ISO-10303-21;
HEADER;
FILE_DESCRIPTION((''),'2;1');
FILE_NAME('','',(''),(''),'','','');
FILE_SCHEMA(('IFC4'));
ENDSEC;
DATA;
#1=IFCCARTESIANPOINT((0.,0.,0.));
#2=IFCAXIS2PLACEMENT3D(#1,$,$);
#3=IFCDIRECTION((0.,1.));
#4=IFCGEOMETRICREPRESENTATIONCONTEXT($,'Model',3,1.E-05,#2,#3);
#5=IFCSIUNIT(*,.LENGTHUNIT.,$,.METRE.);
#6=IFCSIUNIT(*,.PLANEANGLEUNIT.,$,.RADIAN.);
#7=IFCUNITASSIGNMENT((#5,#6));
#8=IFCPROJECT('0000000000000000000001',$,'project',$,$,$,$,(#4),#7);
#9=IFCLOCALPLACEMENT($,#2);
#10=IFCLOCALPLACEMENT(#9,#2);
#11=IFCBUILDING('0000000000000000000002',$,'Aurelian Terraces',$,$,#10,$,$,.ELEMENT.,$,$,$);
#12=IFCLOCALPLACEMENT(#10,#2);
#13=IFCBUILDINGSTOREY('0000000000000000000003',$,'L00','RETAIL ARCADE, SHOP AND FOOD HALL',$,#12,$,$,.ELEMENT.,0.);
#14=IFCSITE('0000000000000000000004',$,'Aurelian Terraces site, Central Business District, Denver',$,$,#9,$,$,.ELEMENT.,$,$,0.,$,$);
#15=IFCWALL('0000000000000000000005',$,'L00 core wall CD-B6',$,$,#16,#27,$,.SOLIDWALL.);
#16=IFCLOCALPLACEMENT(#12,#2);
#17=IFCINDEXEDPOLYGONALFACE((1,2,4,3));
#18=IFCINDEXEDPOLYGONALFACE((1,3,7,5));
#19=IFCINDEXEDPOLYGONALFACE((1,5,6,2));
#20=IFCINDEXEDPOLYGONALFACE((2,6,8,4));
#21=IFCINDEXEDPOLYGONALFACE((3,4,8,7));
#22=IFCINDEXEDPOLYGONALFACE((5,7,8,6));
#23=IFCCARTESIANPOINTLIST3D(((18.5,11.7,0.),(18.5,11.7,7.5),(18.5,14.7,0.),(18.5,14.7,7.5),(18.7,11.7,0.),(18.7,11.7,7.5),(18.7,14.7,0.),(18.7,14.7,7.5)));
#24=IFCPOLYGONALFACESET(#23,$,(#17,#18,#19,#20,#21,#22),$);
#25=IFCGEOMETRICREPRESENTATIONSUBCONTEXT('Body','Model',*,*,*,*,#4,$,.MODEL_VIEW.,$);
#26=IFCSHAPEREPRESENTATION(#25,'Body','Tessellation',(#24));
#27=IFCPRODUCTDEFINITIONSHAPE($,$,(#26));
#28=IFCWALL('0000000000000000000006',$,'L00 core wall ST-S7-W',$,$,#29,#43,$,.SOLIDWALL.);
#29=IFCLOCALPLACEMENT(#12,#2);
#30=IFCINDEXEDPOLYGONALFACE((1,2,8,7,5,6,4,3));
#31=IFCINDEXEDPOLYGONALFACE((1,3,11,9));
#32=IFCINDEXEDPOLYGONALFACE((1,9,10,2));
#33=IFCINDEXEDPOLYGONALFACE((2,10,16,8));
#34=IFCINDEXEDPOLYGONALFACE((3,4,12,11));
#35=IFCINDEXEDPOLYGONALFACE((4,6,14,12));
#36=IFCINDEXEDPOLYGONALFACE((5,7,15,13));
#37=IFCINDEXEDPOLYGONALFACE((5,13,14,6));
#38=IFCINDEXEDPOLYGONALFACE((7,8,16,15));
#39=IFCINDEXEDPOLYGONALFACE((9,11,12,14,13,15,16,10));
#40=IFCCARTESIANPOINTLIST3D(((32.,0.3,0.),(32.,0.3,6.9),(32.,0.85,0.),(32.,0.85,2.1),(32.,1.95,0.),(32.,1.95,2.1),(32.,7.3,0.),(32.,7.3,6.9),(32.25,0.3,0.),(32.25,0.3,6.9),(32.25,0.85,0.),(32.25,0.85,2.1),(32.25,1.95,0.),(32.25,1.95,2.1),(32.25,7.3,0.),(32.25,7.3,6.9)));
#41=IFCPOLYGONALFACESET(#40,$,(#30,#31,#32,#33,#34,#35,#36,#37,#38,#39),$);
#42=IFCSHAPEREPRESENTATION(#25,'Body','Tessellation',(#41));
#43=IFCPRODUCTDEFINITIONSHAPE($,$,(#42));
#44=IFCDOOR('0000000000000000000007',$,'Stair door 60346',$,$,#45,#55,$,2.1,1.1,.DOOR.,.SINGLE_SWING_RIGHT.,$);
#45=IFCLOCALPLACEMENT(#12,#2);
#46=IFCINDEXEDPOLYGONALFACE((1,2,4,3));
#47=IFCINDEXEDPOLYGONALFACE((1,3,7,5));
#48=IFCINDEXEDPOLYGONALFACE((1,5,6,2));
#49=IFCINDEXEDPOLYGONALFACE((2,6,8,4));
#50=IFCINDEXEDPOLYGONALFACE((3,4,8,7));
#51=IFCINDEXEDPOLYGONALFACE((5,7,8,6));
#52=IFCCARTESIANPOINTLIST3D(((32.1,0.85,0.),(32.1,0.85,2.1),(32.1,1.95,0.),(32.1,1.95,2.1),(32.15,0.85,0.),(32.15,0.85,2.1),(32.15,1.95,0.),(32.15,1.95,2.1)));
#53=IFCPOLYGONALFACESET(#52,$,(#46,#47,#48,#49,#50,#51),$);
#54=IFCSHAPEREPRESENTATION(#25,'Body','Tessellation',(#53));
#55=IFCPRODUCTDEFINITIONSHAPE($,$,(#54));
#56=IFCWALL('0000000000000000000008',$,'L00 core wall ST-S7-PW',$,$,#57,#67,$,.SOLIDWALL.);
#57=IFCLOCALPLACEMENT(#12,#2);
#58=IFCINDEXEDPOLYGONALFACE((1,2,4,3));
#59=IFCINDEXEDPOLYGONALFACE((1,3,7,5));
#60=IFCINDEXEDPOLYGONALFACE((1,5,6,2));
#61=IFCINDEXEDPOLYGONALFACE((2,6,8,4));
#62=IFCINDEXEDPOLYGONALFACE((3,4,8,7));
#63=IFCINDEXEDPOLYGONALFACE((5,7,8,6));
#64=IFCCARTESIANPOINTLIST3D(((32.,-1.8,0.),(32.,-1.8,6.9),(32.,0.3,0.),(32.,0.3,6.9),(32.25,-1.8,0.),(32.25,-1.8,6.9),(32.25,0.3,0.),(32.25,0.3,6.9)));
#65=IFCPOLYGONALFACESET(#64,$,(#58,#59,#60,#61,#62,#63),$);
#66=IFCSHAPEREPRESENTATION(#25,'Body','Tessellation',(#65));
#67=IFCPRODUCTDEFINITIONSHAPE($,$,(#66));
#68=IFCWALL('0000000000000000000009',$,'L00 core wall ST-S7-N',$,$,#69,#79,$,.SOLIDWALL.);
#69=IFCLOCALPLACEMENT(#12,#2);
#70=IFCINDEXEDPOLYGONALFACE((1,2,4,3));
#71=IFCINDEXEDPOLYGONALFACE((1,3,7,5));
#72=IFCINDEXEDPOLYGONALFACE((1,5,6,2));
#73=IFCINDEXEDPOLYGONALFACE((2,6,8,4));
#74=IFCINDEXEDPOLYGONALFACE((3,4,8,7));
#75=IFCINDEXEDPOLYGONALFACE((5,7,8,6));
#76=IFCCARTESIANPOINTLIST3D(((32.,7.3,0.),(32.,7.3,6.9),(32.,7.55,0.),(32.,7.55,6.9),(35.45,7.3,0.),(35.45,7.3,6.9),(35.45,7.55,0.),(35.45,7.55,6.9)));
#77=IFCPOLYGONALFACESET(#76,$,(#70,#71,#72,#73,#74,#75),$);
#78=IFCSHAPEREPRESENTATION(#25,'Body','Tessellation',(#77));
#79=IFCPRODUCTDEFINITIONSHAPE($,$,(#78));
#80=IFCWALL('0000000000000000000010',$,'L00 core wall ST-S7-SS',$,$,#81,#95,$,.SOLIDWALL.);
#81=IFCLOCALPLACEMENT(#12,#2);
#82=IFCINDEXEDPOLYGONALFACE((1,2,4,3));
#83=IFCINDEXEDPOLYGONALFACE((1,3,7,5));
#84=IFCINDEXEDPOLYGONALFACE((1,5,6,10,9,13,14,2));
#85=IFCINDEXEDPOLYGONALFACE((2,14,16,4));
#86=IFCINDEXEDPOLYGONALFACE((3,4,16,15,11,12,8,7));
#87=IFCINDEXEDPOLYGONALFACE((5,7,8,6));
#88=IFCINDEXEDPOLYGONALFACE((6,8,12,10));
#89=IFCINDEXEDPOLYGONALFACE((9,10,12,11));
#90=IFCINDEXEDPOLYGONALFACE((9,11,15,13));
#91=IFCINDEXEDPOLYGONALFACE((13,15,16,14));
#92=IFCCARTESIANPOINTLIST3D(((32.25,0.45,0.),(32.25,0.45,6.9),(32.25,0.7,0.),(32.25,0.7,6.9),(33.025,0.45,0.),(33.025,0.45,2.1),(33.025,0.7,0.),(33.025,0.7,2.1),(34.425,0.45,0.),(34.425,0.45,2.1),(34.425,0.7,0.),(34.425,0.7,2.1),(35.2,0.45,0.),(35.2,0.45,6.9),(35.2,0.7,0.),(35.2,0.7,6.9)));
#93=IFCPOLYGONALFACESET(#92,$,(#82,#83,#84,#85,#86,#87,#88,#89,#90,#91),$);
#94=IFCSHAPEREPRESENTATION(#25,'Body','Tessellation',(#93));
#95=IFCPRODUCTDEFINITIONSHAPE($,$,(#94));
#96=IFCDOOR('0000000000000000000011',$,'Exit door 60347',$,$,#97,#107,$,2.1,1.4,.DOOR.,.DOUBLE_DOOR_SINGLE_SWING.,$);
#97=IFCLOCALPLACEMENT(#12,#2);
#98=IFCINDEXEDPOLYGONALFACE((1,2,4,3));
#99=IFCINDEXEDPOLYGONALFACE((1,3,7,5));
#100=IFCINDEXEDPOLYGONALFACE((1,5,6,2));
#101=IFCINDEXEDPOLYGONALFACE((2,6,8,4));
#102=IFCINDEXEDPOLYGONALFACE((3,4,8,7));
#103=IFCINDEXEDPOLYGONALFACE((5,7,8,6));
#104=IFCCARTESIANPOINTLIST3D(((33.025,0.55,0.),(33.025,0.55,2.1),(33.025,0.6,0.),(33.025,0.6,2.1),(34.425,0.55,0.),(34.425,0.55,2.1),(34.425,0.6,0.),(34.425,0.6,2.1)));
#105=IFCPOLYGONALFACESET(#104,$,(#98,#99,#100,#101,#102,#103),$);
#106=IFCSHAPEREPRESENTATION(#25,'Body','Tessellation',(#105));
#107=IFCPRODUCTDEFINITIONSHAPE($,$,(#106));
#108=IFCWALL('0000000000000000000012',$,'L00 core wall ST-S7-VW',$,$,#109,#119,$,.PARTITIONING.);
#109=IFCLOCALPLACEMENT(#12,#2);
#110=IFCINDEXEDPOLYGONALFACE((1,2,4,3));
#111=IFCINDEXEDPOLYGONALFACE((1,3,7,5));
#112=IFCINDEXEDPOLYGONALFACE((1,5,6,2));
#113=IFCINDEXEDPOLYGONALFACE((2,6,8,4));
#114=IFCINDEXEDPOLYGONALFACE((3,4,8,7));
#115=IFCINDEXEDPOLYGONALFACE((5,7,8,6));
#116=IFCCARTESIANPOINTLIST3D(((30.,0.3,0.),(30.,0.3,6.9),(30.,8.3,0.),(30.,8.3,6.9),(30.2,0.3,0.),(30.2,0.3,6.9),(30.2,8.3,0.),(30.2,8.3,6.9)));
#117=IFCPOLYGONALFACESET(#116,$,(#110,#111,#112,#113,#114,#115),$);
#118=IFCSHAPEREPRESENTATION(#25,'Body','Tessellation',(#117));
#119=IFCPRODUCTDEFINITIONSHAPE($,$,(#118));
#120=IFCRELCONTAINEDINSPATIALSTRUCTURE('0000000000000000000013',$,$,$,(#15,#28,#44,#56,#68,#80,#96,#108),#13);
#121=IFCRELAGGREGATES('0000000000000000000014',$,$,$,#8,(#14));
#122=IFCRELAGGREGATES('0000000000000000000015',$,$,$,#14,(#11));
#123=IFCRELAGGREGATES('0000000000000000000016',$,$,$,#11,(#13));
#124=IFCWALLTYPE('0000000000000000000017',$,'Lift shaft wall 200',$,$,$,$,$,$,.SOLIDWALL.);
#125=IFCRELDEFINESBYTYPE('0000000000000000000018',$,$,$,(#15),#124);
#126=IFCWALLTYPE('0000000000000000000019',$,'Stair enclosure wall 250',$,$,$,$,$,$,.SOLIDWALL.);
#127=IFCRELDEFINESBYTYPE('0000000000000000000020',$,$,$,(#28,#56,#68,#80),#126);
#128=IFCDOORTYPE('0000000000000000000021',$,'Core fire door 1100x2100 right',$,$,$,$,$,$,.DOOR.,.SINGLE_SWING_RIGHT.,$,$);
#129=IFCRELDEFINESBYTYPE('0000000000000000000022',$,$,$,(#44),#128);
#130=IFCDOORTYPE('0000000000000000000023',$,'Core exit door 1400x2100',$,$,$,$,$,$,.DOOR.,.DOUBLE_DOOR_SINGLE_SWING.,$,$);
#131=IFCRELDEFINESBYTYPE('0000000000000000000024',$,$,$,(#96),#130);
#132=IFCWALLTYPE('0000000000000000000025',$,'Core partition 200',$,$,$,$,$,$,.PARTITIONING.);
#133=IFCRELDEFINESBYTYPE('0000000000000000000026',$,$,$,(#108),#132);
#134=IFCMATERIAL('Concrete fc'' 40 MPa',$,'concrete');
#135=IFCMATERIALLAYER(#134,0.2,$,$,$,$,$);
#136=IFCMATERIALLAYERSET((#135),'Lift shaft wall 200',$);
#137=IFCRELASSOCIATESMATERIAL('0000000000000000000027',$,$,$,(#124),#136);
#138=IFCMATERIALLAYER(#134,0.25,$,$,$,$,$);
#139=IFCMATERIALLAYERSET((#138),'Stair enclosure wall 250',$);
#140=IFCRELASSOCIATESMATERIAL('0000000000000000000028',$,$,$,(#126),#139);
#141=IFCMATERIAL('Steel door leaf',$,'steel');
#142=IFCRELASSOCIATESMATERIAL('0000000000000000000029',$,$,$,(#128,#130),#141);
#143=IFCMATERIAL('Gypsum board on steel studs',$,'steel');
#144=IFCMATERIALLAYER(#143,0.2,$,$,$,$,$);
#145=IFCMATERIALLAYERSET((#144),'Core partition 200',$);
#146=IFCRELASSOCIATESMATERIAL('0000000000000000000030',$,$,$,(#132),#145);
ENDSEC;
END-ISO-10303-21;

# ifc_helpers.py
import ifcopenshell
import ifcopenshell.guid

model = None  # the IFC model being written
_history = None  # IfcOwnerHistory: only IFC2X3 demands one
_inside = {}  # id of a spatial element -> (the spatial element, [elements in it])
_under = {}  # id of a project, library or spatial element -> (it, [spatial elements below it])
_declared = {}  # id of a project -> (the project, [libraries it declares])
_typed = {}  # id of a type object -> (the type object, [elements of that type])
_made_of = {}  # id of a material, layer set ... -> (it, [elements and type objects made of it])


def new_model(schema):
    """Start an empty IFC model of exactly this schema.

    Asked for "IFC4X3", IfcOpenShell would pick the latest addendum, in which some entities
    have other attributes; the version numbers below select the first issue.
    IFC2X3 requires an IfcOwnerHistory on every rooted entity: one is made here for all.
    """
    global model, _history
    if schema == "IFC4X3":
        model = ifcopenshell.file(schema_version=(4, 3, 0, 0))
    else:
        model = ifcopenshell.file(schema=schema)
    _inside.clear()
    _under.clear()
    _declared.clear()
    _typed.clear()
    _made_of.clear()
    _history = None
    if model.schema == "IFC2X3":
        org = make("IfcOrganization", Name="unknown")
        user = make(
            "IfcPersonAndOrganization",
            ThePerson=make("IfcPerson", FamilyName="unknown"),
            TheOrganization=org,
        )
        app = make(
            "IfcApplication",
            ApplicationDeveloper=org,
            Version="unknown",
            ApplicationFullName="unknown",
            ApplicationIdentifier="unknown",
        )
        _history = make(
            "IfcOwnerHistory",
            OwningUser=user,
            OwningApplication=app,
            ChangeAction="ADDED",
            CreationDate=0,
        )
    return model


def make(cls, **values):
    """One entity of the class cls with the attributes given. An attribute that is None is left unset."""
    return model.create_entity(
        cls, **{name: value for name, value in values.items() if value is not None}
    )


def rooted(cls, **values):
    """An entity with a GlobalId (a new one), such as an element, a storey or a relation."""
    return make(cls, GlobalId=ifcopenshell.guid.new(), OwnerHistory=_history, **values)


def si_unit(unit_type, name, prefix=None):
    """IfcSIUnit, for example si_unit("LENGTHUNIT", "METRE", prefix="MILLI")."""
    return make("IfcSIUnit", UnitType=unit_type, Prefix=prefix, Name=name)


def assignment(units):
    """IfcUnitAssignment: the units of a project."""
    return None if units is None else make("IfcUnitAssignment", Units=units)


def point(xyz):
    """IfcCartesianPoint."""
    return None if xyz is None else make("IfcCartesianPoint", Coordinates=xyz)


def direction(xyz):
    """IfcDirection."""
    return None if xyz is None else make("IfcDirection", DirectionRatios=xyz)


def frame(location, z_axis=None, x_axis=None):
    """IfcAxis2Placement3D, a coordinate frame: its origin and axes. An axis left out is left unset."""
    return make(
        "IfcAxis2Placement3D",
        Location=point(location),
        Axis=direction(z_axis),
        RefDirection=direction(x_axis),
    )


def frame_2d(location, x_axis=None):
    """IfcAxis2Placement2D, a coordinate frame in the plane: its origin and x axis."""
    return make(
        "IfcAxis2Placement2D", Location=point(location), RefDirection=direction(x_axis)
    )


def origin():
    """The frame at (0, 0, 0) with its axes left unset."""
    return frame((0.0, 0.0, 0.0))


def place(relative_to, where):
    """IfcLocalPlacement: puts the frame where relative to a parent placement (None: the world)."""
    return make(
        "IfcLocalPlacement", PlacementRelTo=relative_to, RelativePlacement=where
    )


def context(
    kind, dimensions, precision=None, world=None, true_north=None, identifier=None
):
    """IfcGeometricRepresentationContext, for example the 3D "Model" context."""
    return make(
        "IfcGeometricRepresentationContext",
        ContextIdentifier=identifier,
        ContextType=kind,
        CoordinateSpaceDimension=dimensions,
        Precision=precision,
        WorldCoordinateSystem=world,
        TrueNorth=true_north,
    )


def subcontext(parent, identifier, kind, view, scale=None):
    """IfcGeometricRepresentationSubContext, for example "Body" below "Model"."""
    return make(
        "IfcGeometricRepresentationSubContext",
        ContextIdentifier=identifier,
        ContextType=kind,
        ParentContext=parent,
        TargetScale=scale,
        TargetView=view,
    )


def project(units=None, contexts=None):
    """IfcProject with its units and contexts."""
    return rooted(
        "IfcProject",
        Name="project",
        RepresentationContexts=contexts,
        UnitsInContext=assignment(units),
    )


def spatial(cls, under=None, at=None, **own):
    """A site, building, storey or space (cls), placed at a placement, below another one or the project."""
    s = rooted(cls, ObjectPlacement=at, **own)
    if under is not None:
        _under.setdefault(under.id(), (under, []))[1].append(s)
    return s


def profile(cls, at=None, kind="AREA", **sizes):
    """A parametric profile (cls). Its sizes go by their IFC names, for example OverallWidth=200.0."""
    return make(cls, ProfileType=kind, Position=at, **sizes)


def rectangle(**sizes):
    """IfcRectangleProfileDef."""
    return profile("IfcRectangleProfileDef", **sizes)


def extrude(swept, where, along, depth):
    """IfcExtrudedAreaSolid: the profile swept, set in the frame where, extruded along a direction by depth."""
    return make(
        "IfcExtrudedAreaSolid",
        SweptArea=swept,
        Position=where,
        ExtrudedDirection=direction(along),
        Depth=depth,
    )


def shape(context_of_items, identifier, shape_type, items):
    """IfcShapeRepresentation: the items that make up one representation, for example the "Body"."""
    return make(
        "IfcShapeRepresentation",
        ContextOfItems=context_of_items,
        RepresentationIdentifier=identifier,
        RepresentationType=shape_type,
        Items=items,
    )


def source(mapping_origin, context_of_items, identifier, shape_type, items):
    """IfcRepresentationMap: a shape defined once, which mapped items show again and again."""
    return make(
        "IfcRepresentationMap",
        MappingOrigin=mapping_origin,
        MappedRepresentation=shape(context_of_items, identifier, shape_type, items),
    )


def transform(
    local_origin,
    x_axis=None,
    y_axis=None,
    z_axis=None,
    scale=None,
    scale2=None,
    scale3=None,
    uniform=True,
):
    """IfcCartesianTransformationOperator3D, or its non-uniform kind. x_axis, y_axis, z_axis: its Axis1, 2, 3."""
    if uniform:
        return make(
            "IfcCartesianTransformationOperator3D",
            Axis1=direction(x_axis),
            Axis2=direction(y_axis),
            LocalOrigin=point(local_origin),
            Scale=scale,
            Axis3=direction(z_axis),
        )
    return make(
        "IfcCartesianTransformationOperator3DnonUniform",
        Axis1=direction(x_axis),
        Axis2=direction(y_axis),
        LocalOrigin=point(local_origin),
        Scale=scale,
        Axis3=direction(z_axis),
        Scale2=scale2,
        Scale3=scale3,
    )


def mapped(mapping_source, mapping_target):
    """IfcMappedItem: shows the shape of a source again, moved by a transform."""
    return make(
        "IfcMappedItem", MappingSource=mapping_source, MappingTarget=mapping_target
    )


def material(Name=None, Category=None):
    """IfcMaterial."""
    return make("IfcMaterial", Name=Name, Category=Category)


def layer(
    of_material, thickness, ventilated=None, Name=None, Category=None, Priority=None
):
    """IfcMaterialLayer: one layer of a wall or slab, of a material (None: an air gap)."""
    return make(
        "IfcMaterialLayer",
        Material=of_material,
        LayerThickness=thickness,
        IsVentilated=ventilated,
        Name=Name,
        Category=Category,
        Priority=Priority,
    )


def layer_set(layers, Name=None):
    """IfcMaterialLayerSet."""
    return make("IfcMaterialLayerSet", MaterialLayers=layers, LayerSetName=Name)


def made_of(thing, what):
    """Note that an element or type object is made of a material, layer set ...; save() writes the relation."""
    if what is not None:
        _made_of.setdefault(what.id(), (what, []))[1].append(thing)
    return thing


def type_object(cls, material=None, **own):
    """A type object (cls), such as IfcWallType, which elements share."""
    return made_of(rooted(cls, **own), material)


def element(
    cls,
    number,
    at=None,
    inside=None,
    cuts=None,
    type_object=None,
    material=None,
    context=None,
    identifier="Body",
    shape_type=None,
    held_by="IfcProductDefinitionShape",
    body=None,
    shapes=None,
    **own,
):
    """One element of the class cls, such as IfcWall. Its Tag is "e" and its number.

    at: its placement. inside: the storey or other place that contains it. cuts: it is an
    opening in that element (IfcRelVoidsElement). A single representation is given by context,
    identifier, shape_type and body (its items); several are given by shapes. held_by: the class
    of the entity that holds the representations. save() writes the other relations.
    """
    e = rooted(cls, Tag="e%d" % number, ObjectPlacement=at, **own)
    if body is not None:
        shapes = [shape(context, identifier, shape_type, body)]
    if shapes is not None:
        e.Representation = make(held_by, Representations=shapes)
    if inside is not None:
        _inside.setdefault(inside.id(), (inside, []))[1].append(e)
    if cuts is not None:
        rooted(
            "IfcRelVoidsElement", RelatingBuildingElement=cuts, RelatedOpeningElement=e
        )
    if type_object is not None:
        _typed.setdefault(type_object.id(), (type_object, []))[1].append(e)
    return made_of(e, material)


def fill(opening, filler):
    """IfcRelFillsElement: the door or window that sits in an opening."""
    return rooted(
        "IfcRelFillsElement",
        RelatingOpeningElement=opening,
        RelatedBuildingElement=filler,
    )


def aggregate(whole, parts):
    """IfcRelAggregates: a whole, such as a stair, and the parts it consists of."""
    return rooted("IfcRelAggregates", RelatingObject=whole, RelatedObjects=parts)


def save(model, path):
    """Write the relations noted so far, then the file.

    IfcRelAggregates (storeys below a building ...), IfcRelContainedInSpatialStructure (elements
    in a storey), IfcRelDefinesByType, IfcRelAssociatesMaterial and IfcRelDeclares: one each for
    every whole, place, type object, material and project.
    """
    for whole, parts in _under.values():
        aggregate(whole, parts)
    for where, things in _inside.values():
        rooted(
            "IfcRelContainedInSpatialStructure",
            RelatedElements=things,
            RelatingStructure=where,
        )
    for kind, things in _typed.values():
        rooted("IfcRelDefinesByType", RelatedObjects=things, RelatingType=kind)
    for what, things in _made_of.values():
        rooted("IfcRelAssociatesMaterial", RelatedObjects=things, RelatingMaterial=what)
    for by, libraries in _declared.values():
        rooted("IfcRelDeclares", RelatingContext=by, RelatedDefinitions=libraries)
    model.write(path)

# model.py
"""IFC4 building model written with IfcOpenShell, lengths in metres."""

from ifc_helpers import new_model, si_unit, direction, frame, frame_2d, origin, place, context, subcontext, project, spatial, rectangle, extrude, source, transform, mapped, material, layer, layer_set, type_object, element, fill, save


model = new_model("IFC4")

# Units and contexts
model_context = context("Model", 3, precision=1e-05, world=origin(), true_north=direction((0.0, 1.0)))
body_context = subcontext(model_context, "Body", "Model", "MODEL_VIEW")
ifc_project = project(units=[si_unit("LENGTHUNIT", "METRE"), si_unit("PLANEANGLEUNIT", "RADIAN")], contexts=[model_context])

# Site, building, storey
site_placement = place(None, origin())
site = spatial("IfcSite", under=ifc_project, at=site_placement, Name="Aurelian Terraces site, Central Business District, Denver", CompositionType="ELEMENT", RefElevation=0.0)
building_placement = place(site_placement, origin())
building = spatial("IfcBuilding", under=site, at=building_placement, Name="Aurelian Terraces", CompositionType="ELEMENT")
storey_placement = place(building_placement, origin())
storey = spatial("IfcBuildingStorey", under=building, at=storey_placement, Name="L00", Description="RETAIL ARCADE, SHOP AND FOOD HALL", CompositionType="ELEMENT", Elevation=0.0)

# Shared definitions
ifc_material_1 = material(Name="Steel door leaf", Category="steel")

# Wall
ifc_material_2 = material(Name="Gypsum board on steel studs", Category="steel")
ifc_material_3 = material(Name="Concrete fc' 40 MPa", Category="concrete")
ifc_layer_1 = layer(ifc_material_3, 0.2)
ifc_layer_set_1 = layer_set([ifc_layer_1], Name="Lift shaft wall 200")
wall_type_1 = type_object("IfcWallType", Name="Lift shaft wall 200", PredefinedType="SOLIDWALL", material=ifc_layer_set_1)
shared_shape_1 = source(origin(), body_context, "Body", "SweptSolid", [
    extrude(rectangle(XDim=3.0, YDim=0.2, at=frame_2d((1.5, 0.0))), origin(), (0.0, 0.0, 1.0), 7.5),
])
wall_1_placement = place(storey_placement, frame((18.6, 11.7, 0.0), z_axis=(0.0, 0.0, 1.0), x_axis=(0.0, 1.0, 0.0)))
element("IfcWall", 1, at=wall_1_placement, inside=storey, type_object=wall_type_1, Name="L00 core wall CD-B6", PredefinedType="SOLIDWALL", context=body_context, shape_type="MappedRepresentation", body=[
    mapped(shared_shape_1, transform((0.0, 0.0, 0.0), scale=1.0)),
])

# Wall, opening, door
ifc_layer_2 = layer(ifc_material_3, 0.25)
ifc_layer_set_2 = layer_set([ifc_layer_2], Name="Stair enclosure wall 250")
wall_type_2 = type_object("IfcWallType", Name="Stair enclosure wall 250", PredefinedType="SOLIDWALL", material=ifc_layer_set_2)
shared_shape_2 = source(origin(), body_context, "Body", "SweptSolid", [
    extrude(rectangle(XDim=7.0, YDim=0.25, at=frame_2d((3.5, 0.0))), origin(), (0.0, 0.0, 1.0), 6.9),
])
wall_2_placement = place(storey_placement, frame((32.125, 0.3, 0.0), z_axis=(0.0, 0.0, 1.0), x_axis=(0.0, 1.0, 0.0)))
wall_2 = element("IfcWall", 2, at=wall_2_placement, inside=storey, type_object=wall_type_2, Name="L00 core wall ST-S7-W", PredefinedType="SOLIDWALL", context=body_context, shape_type="MappedRepresentation", body=[
    mapped(shared_shape_2, transform((0.0, 0.0, 0.0), scale=1.0)),
])
shared_shape_3 = source(origin(), body_context, "Body", "SweptSolid", [
    extrude(rectangle(XDim=1.1, YDim=2.1, at=frame_2d((0.55, 1.05))), frame((0.0, 0.135, 0.0), z_axis=(0.0, -1.0, 0.0), x_axis=(1.0, 0.0, 0.0)), (0.0, 0.0, 1.0), 0.27),
])
opening_1_placement = place(wall_2_placement, frame((0.55, 0.0, 0.0)))
opening_1 = element("IfcOpeningElement", 3, at=opening_1_placement, cuts=wall_2, PredefinedType="OPENING", context=body_context, shape_type="MappedRepresentation", body=[
    mapped(shared_shape_3, transform((0.0, 0.0, 0.0), scale=1.0)),
])
door_type_1 = type_object("IfcDoorType", Name="Core fire door 1100x2100 right", OperationType="SINGLE_SWING_RIGHT", PredefinedType="DOOR", material=ifc_material_1)
shared_shape_4 = source(origin(), body_context, "Body", "SweptSolid", [
    extrude(rectangle(XDim=1.1, YDim=2.1, at=frame_2d((0.55, 1.05))), frame((0.0, 0.025, 0.0), z_axis=(0.0, -1.0, 0.0), x_axis=(1.0, 0.0, 0.0)), (0.0, 0.0, 1.0), 0.05),
])
door_1_placement = place(opening_1_placement, origin())
door_1 = element("IfcDoor", 4, at=door_1_placement, inside=storey, type_object=door_type_1, Name="Stair door 60346", OperationType="SINGLE_SWING_RIGHT", OverallHeight=2.1, OverallWidth=1.1, PredefinedType="DOOR", context=body_context, shape_type="MappedRepresentation", body=[
    mapped(shared_shape_4, transform((0.0, 0.0, 0.0), scale=1.0)),
])
fill(opening_1, door_1)

# Walls
shared_shape_5 = source(origin(), body_context, "Body", "SweptSolid", [
    extrude(rectangle(XDim=2.1, YDim=0.25, at=frame_2d((1.05, 0.0))), origin(), (0.0, 0.0, 1.0), 6.9),
])
wall_3_placement = place(storey_placement, frame((32.125, -1.8, 0.0), z_axis=(0.0, 0.0, 1.0), x_axis=(0.0, 1.0, 0.0)))
element("IfcWall", 5, at=wall_3_placement, inside=storey, type_object=wall_type_2, Name="L00 core wall ST-S7-PW", PredefinedType="SOLIDWALL", context=body_context, shape_type="MappedRepresentation", body=[
    mapped(shared_shape_5, transform((0.0, 0.0, 0.0), scale=1.0)),
])
shared_shape_6 = source(origin(), body_context, "Body", "SweptSolid", [
    extrude(rectangle(XDim=3.45, YDim=0.25, at=frame_2d((1.725, 0.0))), origin(), (0.0, 0.0, 1.0), 6.9),
])
wall_4_placement = place(storey_placement, frame((32.0, 7.425, 0.0), z_axis=(0.0, 0.0, 1.0), x_axis=(1.0, 0.0, 0.0)))
element("IfcWall", 6, at=wall_4_placement, inside=storey, type_object=wall_type_2, Name="L00 core wall ST-S7-N", PredefinedType="SOLIDWALL", context=body_context, shape_type="MappedRepresentation", body=[
    mapped(shared_shape_6, transform((0.0, 0.0, 0.0), scale=1.0)),
])

# Wall, opening, door
shared_shape_7 = source(origin(), body_context, "Body", "SweptSolid", [
    extrude(rectangle(XDim=2.95, YDim=0.25, at=frame_2d((1.475, 0.0))), origin(), (0.0, 0.0, 1.0), 6.9),
])
wall_5_placement = place(storey_placement, frame((32.25, 0.575, 0.0), z_axis=(0.0, 0.0, 1.0), x_axis=(1.0, 0.0, 0.0)))
wall_5 = element("IfcWall", 7, at=wall_5_placement, inside=storey, type_object=wall_type_2, Name="L00 core wall ST-S7-SS", PredefinedType="SOLIDWALL", context=body_context, shape_type="MappedRepresentation", body=[
    mapped(shared_shape_7, transform((0.0, 0.0, 0.0), scale=1.0)),
])
shared_shape_8 = source(origin(), body_context, "Body", "SweptSolid", [
    extrude(rectangle(XDim=1.4, YDim=2.1, at=frame_2d((0.7, 1.05))), frame((0.0, 0.135, 0.0), z_axis=(0.0, -1.0, 0.0), x_axis=(1.0, 0.0, 0.0)), (0.0, 0.0, 1.0), 0.27),
])
opening_2_placement = place(wall_5_placement, frame((0.775, 0.0, 0.0)))
opening_2 = element("IfcOpeningElement", 8, at=opening_2_placement, cuts=wall_5, PredefinedType="OPENING", context=body_context, shape_type="MappedRepresentation", body=[
    mapped(shared_shape_8, transform((0.0, 0.0, 0.0), scale=1.0)),
])
door_type_2 = type_object("IfcDoorType", Name="Core exit door 1400x2100", OperationType="DOUBLE_DOOR_SINGLE_SWING", PredefinedType="DOOR", material=ifc_material_1)
shared_shape_9 = source(origin(), body_context, "Body", "SweptSolid", [
    extrude(rectangle(XDim=1.4, YDim=2.1, at=frame_2d((0.7, 1.05))), frame((0.0, 0.025, 0.0), z_axis=(0.0, -1.0, 0.0), x_axis=(1.0, 0.0, 0.0)), (0.0, 0.0, 1.0), 0.05),
])
door_2_placement = place(opening_2_placement, origin())
door_2 = element("IfcDoor", 9, at=door_2_placement, inside=storey, type_object=door_type_2, Name="Exit door 60347", OperationType="DOUBLE_DOOR_SINGLE_SWING", OverallHeight=2.1, OverallWidth=1.4, PredefinedType="DOOR", context=body_context, shape_type="MappedRepresentation", body=[
    mapped(shared_shape_9, transform((0.0, 0.0, 0.0), scale=1.0)),
])
fill(opening_2, door_2)

# Wall
ifc_layer_3 = layer(ifc_material_2, 0.2)
ifc_layer_set_3 = layer_set([ifc_layer_3], Name="Core partition 200")
wall_type_3 = type_object("IfcWallType", Name="Core partition 200", PredefinedType="PARTITIONING", material=ifc_layer_set_3)
shared_shape_10 = source(origin(), body_context, "Body", "SweptSolid", [
    extrude(rectangle(XDim=8.0, YDim=0.2, at=frame_2d((4.0, 0.0))), origin(), (0.0, 0.0, 1.0), 6.9),
])
wall_6_placement = place(storey_placement, frame((30.1, 0.3, 0.0), z_axis=(0.0, 0.0, 1.0), x_axis=(0.0, 1.0, 0.0)))
element("IfcWall", 10, at=wall_6_placement, inside=storey, type_object=wall_type_3, Name="L00 core wall ST-S7-VW", PredefinedType="PARTITIONING", context=body_context, shape_type="MappedRepresentation", body=[
    mapped(shared_shape_10, transform((0.0, 0.0, 0.0), scale=1.0)),
])

save(model, "model.ifc")
